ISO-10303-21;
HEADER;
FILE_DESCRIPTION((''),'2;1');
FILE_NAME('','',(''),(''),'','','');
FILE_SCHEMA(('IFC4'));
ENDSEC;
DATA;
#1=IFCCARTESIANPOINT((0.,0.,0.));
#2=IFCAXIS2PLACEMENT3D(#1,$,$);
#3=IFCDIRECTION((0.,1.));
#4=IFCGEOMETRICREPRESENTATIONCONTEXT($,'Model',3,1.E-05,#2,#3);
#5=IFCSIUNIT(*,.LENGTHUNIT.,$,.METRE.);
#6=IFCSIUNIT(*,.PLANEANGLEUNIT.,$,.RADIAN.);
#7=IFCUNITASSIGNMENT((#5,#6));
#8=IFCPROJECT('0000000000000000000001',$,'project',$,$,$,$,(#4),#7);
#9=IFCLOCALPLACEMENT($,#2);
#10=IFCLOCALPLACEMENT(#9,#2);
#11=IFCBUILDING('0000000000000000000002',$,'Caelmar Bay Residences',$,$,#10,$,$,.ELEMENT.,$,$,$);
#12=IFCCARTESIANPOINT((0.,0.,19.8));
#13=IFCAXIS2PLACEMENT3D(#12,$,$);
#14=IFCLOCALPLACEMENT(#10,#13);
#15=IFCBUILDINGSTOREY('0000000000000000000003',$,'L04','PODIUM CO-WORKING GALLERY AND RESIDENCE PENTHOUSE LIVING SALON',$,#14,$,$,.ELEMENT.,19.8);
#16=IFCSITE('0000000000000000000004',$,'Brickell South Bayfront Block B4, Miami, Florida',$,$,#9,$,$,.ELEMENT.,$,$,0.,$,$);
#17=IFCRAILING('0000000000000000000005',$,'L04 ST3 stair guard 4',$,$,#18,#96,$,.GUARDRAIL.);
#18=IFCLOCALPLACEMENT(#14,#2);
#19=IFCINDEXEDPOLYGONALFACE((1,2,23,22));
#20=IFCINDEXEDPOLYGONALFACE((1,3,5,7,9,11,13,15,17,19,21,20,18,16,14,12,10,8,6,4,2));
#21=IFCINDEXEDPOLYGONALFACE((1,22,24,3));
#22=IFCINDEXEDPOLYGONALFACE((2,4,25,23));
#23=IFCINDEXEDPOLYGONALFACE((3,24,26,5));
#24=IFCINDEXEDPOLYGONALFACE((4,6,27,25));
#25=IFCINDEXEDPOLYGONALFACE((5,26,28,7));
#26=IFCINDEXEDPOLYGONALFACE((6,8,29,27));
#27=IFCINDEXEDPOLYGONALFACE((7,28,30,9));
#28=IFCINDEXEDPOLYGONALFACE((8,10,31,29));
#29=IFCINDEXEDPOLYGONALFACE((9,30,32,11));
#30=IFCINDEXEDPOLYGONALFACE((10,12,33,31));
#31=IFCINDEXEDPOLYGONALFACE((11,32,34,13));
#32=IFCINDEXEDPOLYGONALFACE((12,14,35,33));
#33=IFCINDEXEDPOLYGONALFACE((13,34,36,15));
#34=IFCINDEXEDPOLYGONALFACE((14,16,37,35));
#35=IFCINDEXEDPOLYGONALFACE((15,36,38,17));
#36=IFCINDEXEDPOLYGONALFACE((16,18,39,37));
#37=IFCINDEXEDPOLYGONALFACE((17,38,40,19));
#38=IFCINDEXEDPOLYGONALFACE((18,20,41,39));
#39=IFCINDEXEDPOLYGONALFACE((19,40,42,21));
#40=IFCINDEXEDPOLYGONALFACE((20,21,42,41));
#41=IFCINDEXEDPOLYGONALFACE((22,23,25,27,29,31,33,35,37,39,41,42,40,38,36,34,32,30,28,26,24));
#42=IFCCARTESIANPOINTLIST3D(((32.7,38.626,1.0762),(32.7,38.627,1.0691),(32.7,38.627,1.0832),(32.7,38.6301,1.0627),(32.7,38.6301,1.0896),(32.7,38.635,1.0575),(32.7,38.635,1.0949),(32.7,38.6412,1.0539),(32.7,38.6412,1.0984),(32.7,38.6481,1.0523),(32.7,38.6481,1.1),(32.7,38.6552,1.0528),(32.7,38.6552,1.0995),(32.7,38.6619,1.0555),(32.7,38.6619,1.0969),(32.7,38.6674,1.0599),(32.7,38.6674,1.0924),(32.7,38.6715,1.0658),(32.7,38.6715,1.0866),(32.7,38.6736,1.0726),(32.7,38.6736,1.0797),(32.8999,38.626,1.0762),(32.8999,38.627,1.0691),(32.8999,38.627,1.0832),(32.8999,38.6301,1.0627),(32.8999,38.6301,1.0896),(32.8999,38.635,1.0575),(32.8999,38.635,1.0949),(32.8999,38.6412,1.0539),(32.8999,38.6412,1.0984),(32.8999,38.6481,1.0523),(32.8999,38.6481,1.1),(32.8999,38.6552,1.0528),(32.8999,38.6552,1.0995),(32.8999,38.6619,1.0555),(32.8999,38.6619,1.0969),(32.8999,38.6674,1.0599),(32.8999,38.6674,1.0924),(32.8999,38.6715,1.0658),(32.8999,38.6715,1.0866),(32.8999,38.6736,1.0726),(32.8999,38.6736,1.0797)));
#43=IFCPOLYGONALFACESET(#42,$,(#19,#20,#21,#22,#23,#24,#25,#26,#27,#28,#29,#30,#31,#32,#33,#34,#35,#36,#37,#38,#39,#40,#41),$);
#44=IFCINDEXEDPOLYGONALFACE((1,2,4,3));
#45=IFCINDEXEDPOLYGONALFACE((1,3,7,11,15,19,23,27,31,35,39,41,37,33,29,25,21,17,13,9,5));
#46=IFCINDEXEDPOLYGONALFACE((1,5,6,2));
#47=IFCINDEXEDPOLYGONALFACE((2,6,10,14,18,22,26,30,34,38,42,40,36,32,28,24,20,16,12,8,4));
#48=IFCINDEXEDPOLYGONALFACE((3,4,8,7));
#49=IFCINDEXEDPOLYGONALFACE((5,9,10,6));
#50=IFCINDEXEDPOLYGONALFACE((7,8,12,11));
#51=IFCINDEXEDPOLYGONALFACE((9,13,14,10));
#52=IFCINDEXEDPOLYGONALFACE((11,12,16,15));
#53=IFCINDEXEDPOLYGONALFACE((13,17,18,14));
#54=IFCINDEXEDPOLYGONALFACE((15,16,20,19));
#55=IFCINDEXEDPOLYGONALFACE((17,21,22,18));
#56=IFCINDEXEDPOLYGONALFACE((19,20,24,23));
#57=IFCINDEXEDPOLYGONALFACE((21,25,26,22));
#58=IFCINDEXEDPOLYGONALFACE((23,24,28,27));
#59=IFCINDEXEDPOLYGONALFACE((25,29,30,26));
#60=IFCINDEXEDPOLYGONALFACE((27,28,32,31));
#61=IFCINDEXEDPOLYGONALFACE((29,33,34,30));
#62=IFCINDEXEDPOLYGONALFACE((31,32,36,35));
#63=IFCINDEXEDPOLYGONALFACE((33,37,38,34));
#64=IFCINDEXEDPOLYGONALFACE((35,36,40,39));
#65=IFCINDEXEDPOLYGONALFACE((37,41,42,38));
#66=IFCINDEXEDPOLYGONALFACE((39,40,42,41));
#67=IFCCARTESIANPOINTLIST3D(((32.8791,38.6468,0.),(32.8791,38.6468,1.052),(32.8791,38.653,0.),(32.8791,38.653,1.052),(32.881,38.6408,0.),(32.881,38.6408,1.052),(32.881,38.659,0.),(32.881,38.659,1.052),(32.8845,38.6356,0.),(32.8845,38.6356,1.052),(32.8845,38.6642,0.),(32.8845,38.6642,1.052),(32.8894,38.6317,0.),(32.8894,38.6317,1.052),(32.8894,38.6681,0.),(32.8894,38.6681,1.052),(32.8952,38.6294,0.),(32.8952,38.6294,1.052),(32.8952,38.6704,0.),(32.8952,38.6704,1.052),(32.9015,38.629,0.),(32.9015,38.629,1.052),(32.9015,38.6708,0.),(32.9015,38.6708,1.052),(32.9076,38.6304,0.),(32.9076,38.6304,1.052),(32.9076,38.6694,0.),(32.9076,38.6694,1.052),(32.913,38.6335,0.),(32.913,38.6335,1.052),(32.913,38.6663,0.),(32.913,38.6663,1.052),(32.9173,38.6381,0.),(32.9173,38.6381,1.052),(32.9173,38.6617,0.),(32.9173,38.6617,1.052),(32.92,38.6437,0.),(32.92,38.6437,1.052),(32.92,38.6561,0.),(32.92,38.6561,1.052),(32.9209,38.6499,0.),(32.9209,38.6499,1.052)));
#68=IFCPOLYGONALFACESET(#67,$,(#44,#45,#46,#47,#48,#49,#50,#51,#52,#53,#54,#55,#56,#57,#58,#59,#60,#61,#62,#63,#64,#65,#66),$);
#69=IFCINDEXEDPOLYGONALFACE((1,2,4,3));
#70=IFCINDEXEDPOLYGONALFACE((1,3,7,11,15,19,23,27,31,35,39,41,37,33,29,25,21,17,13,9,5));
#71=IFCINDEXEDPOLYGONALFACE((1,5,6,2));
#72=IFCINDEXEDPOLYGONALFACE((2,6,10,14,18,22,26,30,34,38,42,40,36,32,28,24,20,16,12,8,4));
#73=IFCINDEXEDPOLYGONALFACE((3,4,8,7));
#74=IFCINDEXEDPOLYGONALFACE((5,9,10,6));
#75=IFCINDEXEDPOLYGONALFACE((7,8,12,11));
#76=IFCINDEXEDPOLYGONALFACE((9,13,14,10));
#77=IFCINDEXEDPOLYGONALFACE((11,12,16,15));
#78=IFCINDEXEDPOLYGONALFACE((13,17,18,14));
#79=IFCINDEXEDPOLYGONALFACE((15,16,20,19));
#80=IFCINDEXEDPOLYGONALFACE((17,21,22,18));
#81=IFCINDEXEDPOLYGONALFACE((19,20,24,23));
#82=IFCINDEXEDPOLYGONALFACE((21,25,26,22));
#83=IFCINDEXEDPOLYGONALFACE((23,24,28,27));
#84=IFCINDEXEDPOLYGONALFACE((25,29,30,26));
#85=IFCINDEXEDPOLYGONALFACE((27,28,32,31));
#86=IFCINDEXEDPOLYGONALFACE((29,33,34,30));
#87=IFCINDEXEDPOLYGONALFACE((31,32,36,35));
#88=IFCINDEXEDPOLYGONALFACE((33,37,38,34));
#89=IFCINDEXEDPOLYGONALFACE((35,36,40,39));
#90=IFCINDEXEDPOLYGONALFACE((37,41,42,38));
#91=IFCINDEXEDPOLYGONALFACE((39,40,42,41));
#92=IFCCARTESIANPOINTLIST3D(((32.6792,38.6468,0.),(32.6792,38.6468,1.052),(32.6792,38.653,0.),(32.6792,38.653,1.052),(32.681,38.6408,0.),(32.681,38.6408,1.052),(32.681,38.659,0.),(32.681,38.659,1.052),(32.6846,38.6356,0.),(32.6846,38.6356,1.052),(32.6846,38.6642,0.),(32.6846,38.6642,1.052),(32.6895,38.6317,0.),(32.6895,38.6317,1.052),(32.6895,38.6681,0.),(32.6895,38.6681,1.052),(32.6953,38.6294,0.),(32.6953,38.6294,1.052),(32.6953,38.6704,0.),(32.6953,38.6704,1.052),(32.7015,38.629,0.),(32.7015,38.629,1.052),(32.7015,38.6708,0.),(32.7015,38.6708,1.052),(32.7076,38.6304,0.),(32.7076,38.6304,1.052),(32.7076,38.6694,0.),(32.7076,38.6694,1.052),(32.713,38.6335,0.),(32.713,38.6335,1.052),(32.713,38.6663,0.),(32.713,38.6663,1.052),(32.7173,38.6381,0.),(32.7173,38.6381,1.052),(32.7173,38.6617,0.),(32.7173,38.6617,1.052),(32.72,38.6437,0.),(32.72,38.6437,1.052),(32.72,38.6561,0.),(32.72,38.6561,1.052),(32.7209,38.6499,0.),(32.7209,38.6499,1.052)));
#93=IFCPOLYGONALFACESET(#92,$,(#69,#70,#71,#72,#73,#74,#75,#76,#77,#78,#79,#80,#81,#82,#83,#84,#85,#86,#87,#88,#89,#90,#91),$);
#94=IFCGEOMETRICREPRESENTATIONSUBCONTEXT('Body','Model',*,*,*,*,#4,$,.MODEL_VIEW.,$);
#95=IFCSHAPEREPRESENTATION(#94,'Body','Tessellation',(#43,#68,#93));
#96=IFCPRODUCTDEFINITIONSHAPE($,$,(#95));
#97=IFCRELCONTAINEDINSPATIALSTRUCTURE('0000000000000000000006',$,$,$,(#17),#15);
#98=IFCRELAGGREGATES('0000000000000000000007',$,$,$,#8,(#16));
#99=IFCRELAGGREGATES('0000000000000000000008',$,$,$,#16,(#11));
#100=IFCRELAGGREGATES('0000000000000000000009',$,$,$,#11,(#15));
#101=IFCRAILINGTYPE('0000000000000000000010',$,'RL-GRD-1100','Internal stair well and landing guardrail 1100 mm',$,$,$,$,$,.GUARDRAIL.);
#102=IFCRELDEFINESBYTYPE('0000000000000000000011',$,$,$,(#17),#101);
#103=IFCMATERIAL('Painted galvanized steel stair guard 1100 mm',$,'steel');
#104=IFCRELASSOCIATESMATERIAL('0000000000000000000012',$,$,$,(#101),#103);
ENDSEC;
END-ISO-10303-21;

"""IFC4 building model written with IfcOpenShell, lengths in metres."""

from ifc_helpers import new_model, si_unit, direction, frame, origin, origin_2d, place, context, subcontext, project, spatial, circle, extrude, material, type_object, element, save


model = new_model("IFC4")

# Units and contexts
model_context = context("Model", 3, precision=1e-05, world=origin(), true_north=direction((0.0, 1.0)))
body_context = subcontext(model_context, "Body", "Model", "MODEL_VIEW")
ifc_project = project(units=[si_unit("LENGTHUNIT", "METRE"), si_unit("PLANEANGLEUNIT", "RADIAN")], contexts=[model_context])

# Site, building, storey
site_placement = place(None, origin())
site = spatial("IfcSite", under=ifc_project, at=site_placement, Name="Brickell South Bayfront Block B4, Miami, Florida", CompositionType="ELEMENT", RefElevation=0.0)
building_placement = place(site_placement, origin())
building = spatial("IfcBuilding", under=site, at=building_placement, Name="Caelmar Bay Residences", CompositionType="ELEMENT")
storey_placement = place(building_placement, frame((0.0, 0.0, 19.8)))
storey = spatial("IfcBuildingStorey", under=building, at=storey_placement, Name="L04", Description="PODIUM CO-WORKING GALLERY AND RESIDENCE PENTHOUSE LIVING SALON", CompositionType="ELEMENT", Elevation=19.8)

# Railing
ifc_material_1 = material(Name="Painted galvanized steel stair guard 1100 mm", Category="steel")
railing_type = type_object("IfcRailingType", Name="RL-GRD-1100", Description="Internal stair well and landing guardrail 1100 mm", PredefinedType="GUARDRAIL", material=ifc_material_1)
railing_1_placement = place(storey_placement, frame((32.8999, 38.6499, 0.0)))
element("IfcRailing", 1, at=railing_1_placement, inside=storey, type_object=railing_type, Name="L04 ST3 stair guard 4", PredefinedType="GUARDRAIL", context=body_context, shape_type="SweptSolid", body=[
    extrude(circle(Radius=0.0239, at=origin_2d()), frame((0.0, 0.0, 1.0762), z_axis=(-1.0, 0.0, 0.0), x_axis=(0.0, -1.0, 0.0)), (0.0, 0.0, 1.0), 0.2),
    extrude(circle(Radius=0.021, at=origin_2d()), origin(), (0.0, 0.0, 1.0), 1.052),
    extrude(circle(Radius=0.021, at=origin_2d()), frame((-0.2, 0.0, 0.0)), (0.0, 0.0, 1.0), 1.052),
])

save(model, "model.ifc")
